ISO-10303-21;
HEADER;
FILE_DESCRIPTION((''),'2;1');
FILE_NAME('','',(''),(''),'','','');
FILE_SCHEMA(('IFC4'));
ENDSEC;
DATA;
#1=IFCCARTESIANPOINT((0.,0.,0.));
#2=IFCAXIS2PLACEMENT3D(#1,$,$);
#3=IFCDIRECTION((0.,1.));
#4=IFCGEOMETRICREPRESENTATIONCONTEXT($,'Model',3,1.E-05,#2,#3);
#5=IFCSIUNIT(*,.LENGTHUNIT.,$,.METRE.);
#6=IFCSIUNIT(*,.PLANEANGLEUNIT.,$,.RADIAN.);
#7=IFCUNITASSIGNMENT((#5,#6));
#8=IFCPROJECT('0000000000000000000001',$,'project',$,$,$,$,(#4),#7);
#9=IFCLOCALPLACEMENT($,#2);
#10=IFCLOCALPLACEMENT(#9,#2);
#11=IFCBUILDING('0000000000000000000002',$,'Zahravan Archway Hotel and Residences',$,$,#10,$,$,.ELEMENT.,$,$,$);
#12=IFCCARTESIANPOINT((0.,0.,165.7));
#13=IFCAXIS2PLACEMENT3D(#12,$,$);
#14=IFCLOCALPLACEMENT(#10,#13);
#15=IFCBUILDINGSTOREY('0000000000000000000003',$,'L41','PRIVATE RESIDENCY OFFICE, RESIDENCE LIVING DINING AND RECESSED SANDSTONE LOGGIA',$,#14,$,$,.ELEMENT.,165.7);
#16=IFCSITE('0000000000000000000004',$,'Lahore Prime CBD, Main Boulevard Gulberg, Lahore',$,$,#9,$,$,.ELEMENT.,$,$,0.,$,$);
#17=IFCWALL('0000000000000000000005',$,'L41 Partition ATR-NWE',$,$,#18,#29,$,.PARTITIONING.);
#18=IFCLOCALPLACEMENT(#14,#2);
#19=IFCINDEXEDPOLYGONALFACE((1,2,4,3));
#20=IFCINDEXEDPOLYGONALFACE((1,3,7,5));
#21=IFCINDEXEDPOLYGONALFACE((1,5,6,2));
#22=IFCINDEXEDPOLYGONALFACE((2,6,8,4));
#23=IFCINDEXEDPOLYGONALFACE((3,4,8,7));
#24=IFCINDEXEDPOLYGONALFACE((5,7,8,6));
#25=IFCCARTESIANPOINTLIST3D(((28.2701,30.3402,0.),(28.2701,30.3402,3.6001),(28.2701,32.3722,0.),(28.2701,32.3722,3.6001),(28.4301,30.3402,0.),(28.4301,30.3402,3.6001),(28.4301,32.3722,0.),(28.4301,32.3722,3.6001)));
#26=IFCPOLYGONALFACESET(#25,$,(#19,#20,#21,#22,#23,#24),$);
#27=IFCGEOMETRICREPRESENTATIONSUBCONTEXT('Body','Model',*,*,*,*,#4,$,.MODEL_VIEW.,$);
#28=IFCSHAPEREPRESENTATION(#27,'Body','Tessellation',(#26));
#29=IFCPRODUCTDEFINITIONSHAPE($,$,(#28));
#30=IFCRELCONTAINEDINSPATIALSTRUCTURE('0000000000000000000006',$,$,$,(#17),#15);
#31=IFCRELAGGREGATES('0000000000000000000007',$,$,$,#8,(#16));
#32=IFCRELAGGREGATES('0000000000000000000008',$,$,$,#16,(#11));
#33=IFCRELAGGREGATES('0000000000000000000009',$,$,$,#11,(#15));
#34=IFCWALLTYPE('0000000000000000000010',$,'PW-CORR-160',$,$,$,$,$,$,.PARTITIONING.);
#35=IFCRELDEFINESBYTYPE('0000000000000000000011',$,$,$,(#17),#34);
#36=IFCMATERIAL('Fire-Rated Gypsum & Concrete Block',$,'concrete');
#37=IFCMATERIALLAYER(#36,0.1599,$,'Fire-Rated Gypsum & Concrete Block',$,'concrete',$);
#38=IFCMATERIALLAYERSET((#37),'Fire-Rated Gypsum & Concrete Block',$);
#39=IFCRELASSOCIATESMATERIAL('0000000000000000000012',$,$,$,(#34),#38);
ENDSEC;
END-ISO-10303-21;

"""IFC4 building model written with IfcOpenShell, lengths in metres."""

from ifc_helpers import new_model, si_unit, direction, frame, frame_2d, origin, place, context, subcontext, project, spatial, rectangle, extrude, material, layer, layer_set, type_object, element, save


model = new_model("IFC4")

# Units and contexts
model_context = context("Model", 3, precision=1e-05, world=origin(), true_north=direction((0.0, 1.0)))
body_context = subcontext(model_context, "Body", "Model", "MODEL_VIEW")
ifc_project = project(units=[si_unit("LENGTHUNIT", "METRE"), si_unit("PLANEANGLEUNIT", "RADIAN")], contexts=[model_context])

# Site, building, storey
site_placement = place(None, origin())
site = spatial("IfcSite", under=ifc_project, at=site_placement, Name="Lahore Prime CBD, Main Boulevard Gulberg, Lahore", CompositionType="ELEMENT", RefElevation=0.0)
building_placement = place(site_placement, origin())
building = spatial("IfcBuilding", under=site, at=building_placement, Name="Zahravan Archway Hotel and Residences", CompositionType="ELEMENT")
storey_placement = place(building_placement, frame((0.0, 0.0, 165.7)))
storey = spatial("IfcBuildingStorey", under=building, at=storey_placement, Name="L41", Description="PRIVATE RESIDENCY OFFICE, RESIDENCE LIVING DINING AND RECESSED SANDSTONE LOGGIA", CompositionType="ELEMENT", Elevation=165.7)

# Wall
ifc_material_1 = material(Name="Fire-Rated Gypsum & Concrete Block", Category="concrete")
ifc_layer_1 = layer(ifc_material_1, 0.1599, Name="Fire-Rated Gypsum & Concrete Block", Category="concrete")
ifc_layer_set_1 = layer_set([ifc_layer_1], Name="Fire-Rated Gypsum & Concrete Block")
wall_type = type_object("IfcWallType", Name="PW-CORR-160", PredefinedType="PARTITIONING", material=ifc_layer_set_1)
wall_placement = place(storey_placement, frame((28.3501, 30.3401, 0.0), z_axis=(0.0, 0.0, 1.0), x_axis=(0.0, 1.0, 0.0)))
element("IfcWall", 1, at=wall_placement, inside=storey, type_object=wall_type, Name="L41 Partition ATR-NWE", PredefinedType="PARTITIONING", context=body_context, shape_type="SweptSolid", body=[
    extrude(rectangle(XDim=2.032, YDim=0.1599, at=frame_2d((1.0161, 0.0))), origin(), (0.0, 0.0, 1.0), 3.6001),
])

save(model, "model.ifc")
